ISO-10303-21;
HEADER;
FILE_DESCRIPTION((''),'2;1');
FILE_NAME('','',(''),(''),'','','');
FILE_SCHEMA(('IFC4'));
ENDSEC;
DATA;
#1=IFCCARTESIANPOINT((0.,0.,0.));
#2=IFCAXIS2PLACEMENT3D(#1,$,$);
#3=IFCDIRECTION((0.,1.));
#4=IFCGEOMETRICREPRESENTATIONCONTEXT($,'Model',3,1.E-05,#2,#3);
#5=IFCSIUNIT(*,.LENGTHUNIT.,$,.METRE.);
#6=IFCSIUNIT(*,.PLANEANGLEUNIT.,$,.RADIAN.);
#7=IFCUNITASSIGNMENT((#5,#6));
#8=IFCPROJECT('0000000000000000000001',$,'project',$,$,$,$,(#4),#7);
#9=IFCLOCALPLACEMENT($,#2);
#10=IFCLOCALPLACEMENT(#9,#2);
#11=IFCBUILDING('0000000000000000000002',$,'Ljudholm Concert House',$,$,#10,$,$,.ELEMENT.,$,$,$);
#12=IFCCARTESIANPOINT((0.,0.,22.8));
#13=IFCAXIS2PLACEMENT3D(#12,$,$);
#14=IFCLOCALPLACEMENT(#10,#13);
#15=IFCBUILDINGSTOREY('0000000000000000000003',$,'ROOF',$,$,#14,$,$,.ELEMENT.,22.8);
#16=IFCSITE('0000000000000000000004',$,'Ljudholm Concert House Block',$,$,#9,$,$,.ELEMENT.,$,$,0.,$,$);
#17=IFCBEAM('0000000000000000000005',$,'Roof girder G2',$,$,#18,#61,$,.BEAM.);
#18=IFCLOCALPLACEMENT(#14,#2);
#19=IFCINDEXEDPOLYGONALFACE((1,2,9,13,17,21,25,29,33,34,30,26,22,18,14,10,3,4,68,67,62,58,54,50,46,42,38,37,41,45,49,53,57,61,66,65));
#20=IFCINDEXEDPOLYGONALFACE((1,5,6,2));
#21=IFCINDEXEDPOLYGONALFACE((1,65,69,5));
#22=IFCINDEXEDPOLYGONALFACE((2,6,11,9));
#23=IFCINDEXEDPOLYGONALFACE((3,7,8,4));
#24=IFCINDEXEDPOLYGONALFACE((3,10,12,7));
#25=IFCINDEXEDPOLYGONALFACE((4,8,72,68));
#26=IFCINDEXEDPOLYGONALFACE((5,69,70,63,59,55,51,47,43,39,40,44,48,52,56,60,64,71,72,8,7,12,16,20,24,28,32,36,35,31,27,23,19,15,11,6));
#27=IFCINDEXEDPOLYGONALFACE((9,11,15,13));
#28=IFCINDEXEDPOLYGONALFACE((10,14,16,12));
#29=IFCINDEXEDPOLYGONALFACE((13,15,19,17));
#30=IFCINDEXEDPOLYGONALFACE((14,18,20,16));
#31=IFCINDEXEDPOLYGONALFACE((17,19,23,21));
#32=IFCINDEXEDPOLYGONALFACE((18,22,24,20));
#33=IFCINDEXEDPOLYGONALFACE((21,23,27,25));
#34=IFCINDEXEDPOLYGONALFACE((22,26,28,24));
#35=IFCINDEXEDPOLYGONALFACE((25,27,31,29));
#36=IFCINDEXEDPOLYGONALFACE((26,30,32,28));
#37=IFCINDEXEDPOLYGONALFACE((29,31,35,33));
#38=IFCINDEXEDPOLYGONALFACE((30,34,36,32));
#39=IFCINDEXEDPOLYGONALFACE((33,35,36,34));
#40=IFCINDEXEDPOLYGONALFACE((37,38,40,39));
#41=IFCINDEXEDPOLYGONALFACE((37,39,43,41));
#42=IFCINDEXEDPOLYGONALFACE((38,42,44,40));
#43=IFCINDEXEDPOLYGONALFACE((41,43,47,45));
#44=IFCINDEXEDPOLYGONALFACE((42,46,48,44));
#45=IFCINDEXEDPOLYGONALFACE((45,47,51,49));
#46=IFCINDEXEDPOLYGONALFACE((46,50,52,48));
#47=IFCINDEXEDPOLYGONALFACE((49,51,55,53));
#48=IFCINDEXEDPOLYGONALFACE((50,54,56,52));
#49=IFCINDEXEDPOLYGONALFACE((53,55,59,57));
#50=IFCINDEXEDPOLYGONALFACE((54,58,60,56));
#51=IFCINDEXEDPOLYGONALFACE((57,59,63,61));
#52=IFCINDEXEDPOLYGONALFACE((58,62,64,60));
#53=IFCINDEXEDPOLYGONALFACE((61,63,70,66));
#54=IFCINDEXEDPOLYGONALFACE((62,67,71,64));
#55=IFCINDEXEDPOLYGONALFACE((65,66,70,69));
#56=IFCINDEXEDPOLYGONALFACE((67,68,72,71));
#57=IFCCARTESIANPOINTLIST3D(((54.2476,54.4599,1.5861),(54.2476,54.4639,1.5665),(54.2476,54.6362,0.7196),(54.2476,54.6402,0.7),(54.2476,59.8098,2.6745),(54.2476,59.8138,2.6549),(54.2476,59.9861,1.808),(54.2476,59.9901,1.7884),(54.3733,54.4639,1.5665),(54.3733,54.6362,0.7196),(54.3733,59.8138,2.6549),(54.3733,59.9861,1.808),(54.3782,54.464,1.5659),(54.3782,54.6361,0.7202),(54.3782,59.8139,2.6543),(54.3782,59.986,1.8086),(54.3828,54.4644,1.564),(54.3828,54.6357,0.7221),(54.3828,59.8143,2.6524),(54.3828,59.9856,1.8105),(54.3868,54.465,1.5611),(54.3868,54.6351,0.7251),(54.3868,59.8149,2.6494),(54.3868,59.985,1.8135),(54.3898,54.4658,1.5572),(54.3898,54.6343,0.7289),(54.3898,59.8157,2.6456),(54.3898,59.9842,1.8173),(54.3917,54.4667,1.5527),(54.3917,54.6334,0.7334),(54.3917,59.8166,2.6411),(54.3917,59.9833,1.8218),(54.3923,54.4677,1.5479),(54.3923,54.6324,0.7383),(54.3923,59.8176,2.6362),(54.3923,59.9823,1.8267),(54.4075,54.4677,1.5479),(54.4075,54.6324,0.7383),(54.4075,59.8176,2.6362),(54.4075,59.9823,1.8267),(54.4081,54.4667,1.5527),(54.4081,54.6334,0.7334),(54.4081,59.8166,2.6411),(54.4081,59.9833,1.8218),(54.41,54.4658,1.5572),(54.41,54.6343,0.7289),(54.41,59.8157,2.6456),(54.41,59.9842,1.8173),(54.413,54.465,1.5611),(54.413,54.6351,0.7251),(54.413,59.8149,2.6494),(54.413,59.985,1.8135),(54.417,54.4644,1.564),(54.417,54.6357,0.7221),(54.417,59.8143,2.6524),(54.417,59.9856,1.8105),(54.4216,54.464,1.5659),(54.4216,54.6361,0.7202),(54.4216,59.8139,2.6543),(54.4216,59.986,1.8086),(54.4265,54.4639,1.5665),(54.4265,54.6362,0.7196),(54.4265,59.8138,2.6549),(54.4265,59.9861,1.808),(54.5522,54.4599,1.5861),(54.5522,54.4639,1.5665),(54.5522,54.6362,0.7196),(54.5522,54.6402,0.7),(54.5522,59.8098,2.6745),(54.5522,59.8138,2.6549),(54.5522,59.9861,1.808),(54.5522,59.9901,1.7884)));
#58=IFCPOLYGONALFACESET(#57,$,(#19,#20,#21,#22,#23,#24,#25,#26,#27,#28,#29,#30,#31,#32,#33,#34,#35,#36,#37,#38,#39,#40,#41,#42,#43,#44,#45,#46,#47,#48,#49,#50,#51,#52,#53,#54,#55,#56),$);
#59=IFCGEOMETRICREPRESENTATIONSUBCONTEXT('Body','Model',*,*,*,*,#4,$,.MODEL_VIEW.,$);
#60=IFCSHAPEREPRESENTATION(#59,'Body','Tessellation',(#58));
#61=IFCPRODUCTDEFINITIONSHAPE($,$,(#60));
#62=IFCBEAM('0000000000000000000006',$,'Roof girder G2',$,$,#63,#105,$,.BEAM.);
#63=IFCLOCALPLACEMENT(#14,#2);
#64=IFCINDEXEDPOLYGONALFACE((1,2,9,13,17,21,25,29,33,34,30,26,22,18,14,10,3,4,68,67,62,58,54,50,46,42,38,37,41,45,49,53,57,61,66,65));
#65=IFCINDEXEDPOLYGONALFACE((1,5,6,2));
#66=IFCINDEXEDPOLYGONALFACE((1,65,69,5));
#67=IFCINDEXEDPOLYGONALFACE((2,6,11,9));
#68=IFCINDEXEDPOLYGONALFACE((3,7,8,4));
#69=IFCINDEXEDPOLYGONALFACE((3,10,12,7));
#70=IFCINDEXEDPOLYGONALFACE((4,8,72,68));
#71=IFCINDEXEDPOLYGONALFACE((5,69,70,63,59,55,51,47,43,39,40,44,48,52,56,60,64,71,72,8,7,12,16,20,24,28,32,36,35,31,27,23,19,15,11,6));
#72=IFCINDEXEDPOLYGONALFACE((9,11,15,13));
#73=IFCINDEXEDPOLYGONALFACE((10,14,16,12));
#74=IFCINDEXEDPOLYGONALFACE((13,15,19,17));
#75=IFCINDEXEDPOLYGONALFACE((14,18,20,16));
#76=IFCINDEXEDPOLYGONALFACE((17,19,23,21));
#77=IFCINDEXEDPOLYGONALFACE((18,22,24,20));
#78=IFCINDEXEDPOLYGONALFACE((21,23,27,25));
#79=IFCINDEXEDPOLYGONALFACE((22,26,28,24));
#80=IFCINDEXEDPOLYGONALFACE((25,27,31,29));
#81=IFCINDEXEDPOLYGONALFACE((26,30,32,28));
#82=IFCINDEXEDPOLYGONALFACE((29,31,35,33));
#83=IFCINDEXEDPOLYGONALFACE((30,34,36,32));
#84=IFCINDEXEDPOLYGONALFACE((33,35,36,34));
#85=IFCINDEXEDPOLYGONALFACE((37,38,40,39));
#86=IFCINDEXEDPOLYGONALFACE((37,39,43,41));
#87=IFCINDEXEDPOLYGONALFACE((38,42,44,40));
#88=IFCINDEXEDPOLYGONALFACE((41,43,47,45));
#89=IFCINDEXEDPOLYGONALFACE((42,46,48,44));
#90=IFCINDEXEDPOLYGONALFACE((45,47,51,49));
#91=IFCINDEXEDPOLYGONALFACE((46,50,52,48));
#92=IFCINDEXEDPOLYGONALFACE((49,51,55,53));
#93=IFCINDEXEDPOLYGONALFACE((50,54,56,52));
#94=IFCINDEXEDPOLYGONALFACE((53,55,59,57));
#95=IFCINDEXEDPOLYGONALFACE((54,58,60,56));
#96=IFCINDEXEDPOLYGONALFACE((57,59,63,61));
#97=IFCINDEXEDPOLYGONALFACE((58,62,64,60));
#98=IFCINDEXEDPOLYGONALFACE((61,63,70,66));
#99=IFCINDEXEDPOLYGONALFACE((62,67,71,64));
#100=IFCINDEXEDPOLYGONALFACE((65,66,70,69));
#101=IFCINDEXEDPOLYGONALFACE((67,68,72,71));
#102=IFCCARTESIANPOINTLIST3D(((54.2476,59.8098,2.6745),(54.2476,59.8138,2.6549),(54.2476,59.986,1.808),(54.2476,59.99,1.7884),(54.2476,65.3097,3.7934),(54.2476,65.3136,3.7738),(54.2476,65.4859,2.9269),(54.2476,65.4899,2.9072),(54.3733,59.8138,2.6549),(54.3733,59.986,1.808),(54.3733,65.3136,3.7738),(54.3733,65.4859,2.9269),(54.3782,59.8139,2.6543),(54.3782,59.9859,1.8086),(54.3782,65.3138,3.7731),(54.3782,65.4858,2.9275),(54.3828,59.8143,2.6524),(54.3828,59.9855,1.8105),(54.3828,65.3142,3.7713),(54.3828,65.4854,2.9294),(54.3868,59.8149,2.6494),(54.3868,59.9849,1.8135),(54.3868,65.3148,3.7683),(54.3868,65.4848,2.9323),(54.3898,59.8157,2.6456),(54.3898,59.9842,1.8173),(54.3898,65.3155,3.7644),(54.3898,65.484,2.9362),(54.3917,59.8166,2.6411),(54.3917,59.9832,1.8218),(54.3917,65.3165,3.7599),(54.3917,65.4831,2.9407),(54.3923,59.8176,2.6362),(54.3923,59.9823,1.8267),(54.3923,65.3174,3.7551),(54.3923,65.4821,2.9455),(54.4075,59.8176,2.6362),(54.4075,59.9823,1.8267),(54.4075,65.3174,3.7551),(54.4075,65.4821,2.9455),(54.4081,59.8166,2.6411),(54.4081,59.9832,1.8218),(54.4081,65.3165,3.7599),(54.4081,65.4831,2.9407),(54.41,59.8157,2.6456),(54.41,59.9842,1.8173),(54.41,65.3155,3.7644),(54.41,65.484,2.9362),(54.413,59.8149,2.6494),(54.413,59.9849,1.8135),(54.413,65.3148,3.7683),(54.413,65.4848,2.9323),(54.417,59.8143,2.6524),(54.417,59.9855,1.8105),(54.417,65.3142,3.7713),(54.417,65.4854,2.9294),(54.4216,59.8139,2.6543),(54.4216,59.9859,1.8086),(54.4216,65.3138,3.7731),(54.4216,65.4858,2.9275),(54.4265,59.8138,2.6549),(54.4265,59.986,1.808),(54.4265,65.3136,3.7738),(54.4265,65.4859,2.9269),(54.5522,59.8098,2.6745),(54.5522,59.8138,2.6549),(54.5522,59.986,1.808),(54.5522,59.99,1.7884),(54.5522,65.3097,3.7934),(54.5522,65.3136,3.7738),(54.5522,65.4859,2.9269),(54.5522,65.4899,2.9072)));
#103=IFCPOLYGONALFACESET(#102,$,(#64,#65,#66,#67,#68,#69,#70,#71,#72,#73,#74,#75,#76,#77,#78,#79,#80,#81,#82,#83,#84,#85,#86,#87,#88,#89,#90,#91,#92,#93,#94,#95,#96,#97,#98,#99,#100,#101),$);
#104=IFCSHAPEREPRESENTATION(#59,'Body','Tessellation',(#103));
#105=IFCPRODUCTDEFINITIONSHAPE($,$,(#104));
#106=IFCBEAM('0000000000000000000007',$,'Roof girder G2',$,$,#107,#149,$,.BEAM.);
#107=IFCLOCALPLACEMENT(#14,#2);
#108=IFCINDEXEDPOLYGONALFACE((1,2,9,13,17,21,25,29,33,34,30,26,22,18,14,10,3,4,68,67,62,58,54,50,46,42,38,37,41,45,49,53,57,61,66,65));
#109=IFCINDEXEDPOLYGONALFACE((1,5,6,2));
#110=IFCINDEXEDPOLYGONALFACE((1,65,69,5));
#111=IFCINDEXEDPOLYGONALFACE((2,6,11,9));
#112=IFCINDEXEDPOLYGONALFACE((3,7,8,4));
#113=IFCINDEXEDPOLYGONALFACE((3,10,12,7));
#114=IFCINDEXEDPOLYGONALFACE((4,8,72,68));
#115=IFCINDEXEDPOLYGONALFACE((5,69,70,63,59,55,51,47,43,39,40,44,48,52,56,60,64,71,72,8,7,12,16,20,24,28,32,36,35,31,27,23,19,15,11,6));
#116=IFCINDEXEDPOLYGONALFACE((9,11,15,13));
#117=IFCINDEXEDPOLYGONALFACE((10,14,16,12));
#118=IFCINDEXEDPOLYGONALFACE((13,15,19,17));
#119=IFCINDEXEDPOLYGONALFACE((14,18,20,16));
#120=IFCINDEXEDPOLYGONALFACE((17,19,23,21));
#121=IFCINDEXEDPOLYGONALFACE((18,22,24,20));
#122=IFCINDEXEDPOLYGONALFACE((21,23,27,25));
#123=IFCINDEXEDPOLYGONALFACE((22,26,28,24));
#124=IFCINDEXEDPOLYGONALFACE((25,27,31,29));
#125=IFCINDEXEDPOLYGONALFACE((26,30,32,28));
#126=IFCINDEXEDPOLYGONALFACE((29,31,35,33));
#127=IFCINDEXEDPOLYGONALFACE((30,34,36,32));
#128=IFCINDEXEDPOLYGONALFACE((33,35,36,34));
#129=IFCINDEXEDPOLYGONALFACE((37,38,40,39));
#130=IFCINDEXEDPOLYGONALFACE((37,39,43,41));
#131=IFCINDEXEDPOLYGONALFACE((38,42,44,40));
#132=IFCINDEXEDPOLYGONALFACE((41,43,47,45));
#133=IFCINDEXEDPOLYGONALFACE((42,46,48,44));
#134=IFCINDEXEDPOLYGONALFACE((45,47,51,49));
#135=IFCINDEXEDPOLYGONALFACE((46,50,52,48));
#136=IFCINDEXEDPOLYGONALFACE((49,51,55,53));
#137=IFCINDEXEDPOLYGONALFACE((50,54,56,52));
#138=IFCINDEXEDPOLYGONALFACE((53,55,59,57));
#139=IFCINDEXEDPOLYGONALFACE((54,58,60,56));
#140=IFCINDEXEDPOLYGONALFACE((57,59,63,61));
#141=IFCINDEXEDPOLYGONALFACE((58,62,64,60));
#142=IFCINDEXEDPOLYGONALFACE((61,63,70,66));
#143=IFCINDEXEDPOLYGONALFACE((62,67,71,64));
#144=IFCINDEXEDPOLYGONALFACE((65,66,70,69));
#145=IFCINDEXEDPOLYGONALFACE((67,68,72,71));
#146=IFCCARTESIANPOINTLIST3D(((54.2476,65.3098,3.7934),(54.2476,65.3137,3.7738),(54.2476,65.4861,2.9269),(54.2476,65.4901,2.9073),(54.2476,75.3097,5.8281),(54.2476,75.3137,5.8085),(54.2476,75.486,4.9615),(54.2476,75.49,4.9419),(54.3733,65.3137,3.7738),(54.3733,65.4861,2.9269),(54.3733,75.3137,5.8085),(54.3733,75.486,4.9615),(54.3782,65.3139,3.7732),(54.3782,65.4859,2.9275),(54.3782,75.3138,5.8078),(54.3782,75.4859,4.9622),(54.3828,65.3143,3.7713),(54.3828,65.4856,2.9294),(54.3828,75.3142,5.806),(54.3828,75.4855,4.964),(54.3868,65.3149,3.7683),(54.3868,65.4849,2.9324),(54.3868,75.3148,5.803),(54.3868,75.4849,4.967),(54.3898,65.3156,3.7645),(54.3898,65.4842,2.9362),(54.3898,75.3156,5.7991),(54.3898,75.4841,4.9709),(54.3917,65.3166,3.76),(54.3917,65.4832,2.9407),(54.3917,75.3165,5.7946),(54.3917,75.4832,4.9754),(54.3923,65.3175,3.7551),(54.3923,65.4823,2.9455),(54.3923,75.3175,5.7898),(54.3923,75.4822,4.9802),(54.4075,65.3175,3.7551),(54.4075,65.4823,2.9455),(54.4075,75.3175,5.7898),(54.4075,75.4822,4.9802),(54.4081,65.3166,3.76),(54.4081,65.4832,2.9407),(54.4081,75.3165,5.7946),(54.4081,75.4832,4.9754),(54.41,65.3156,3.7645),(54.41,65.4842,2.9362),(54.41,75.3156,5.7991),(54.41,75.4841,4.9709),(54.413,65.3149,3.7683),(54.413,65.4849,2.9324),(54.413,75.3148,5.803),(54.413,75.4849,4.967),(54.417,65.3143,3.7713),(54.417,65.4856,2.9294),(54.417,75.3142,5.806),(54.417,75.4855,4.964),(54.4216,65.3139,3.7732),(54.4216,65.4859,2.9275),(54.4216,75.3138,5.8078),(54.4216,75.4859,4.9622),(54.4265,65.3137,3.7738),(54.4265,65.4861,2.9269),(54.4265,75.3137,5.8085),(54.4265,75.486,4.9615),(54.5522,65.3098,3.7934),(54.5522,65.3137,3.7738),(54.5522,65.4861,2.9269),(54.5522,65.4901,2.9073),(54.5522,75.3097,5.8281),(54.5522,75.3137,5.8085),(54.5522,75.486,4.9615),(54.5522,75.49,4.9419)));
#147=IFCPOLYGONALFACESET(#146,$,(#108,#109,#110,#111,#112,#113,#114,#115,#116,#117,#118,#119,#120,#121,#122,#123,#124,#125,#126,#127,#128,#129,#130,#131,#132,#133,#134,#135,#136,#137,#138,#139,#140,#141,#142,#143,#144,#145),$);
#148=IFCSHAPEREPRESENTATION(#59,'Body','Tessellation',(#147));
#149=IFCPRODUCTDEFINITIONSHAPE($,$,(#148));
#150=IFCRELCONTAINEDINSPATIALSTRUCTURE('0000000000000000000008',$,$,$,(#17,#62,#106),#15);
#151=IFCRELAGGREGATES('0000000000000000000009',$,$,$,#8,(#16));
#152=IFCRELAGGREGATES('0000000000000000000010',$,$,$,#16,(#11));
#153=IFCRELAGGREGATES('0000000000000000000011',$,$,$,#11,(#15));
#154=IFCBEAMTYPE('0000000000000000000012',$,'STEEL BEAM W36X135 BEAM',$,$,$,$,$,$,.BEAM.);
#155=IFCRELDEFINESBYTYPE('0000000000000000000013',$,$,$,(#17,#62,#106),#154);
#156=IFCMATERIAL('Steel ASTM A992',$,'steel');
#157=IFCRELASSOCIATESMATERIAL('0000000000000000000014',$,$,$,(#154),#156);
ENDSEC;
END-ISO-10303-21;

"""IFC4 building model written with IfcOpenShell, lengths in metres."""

from ifc_helpers import new_model, si_unit, direction, frame, origin, origin_2d, place, context, subcontext, project, spatial, i_section, extrude, material, material_profile, profile_set, type_object, element, save


model = new_model("IFC4")

# Units and contexts
model_context = context("Model", 3, precision=1e-05, world=origin(), true_north=direction((0.0, 1.0)))
body_context = subcontext(model_context, "Body", "Model", "MODEL_VIEW")
ifc_project = project(units=[si_unit("LENGTHUNIT", "METRE"), si_unit("PLANEANGLEUNIT", "RADIAN")], contexts=[model_context])

# Site, building, storey
site_placement = place(None, origin())
site = spatial("IfcSite", under=ifc_project, at=site_placement, Name="Ljudholm Concert House Block", CompositionType="ELEMENT", RefElevation=0.0)
building_placement = place(site_placement, origin())
building = spatial("IfcBuilding", under=site, at=building_placement, Name="Ljudholm Concert House", CompositionType="ELEMENT")
storey_placement = place(building_placement, frame((0.0, 0.0, 22.8)))
storey = spatial("IfcBuildingStorey", under=building, at=storey_placement, Name="ROOF", CompositionType="ELEMENT", Elevation=22.8)

# Beams
ifc_material_1 = material(Name="Steel ASTM A992", Category="steel")
ifc_material_profile_1 = material_profile(ifc_material_1, i_section(OverallWidth=0.3047, OverallDepth=0.9043, WebThickness=0.0151, FlangeThickness=0.02, FilletRadius=0.019, at=origin_2d()), Name="W36X135")
ifc_profile_set_1 = profile_set([ifc_material_profile_1], Name="Steel ASTM A992")
beam_type_1 = type_object("IfcBeamType", Name="STEEL BEAM W36X135 BEAM", PredefinedType="BEAM", material=ifc_profile_set_1)
beam_1_placement = place(storey_placement, frame((54.3999, 54.55, 1.1431), z_axis=(0.0, 0.979927, 0.199357), x_axis=(-1.0, 0.0, 0.0)))
element("IfcBeam", 1, at=beam_1_placement, inside=storey, type_object=beam_type_1, Name="Roof girder G2", PredefinedType="BEAM", context=body_context, shape_type="SweptSolid", body=[
    extrude(i_section(OverallWidth=0.3047, OverallDepth=0.9043, WebThickness=0.0151, FlangeThickness=0.02, FilletRadius=0.019, at=origin_2d()), origin(), (0.0, 0.0, 1.0), 5.4595),
])
beam_2_placement = place(storey_placement, frame((54.3999, 59.8999, 2.2314), z_axis=(0.0, 0.979928, 0.199352), x_axis=(-1.0, 0.0, 0.0)))
element("IfcBeam", 2, at=beam_2_placement, inside=storey, type_object=beam_type_1, Name="Roof girder G2", PredefinedType="BEAM", context=body_context, shape_type="SweptSolid", body=[
    extrude(i_section(OverallWidth=0.3047, OverallDepth=0.9043, WebThickness=0.0151, FlangeThickness=0.02, FilletRadius=0.019, at=origin_2d()), origin(), (0.0, 0.0, 1.0), 5.6125),
])
beam_3_placement = place(storey_placement, frame((54.3999, 65.3999, 3.3503), z_axis=(0.0, 0.979922, 0.199382), x_axis=(-1.0, 0.0, 0.0)))
element("IfcBeam", 3, at=beam_3_placement, inside=storey, type_object=beam_type_1, Name="Roof girder G2", PredefinedType="BEAM", context=body_context, shape_type="SweptSolid", body=[
    extrude(i_section(OverallWidth=0.3047, OverallDepth=0.9043, WebThickness=0.0151, FlangeThickness=0.02, FilletRadius=0.019, at=origin_2d()), origin(), (0.0, 0.0, 1.0), 10.2048),
])

save(model, "model.ifc")
